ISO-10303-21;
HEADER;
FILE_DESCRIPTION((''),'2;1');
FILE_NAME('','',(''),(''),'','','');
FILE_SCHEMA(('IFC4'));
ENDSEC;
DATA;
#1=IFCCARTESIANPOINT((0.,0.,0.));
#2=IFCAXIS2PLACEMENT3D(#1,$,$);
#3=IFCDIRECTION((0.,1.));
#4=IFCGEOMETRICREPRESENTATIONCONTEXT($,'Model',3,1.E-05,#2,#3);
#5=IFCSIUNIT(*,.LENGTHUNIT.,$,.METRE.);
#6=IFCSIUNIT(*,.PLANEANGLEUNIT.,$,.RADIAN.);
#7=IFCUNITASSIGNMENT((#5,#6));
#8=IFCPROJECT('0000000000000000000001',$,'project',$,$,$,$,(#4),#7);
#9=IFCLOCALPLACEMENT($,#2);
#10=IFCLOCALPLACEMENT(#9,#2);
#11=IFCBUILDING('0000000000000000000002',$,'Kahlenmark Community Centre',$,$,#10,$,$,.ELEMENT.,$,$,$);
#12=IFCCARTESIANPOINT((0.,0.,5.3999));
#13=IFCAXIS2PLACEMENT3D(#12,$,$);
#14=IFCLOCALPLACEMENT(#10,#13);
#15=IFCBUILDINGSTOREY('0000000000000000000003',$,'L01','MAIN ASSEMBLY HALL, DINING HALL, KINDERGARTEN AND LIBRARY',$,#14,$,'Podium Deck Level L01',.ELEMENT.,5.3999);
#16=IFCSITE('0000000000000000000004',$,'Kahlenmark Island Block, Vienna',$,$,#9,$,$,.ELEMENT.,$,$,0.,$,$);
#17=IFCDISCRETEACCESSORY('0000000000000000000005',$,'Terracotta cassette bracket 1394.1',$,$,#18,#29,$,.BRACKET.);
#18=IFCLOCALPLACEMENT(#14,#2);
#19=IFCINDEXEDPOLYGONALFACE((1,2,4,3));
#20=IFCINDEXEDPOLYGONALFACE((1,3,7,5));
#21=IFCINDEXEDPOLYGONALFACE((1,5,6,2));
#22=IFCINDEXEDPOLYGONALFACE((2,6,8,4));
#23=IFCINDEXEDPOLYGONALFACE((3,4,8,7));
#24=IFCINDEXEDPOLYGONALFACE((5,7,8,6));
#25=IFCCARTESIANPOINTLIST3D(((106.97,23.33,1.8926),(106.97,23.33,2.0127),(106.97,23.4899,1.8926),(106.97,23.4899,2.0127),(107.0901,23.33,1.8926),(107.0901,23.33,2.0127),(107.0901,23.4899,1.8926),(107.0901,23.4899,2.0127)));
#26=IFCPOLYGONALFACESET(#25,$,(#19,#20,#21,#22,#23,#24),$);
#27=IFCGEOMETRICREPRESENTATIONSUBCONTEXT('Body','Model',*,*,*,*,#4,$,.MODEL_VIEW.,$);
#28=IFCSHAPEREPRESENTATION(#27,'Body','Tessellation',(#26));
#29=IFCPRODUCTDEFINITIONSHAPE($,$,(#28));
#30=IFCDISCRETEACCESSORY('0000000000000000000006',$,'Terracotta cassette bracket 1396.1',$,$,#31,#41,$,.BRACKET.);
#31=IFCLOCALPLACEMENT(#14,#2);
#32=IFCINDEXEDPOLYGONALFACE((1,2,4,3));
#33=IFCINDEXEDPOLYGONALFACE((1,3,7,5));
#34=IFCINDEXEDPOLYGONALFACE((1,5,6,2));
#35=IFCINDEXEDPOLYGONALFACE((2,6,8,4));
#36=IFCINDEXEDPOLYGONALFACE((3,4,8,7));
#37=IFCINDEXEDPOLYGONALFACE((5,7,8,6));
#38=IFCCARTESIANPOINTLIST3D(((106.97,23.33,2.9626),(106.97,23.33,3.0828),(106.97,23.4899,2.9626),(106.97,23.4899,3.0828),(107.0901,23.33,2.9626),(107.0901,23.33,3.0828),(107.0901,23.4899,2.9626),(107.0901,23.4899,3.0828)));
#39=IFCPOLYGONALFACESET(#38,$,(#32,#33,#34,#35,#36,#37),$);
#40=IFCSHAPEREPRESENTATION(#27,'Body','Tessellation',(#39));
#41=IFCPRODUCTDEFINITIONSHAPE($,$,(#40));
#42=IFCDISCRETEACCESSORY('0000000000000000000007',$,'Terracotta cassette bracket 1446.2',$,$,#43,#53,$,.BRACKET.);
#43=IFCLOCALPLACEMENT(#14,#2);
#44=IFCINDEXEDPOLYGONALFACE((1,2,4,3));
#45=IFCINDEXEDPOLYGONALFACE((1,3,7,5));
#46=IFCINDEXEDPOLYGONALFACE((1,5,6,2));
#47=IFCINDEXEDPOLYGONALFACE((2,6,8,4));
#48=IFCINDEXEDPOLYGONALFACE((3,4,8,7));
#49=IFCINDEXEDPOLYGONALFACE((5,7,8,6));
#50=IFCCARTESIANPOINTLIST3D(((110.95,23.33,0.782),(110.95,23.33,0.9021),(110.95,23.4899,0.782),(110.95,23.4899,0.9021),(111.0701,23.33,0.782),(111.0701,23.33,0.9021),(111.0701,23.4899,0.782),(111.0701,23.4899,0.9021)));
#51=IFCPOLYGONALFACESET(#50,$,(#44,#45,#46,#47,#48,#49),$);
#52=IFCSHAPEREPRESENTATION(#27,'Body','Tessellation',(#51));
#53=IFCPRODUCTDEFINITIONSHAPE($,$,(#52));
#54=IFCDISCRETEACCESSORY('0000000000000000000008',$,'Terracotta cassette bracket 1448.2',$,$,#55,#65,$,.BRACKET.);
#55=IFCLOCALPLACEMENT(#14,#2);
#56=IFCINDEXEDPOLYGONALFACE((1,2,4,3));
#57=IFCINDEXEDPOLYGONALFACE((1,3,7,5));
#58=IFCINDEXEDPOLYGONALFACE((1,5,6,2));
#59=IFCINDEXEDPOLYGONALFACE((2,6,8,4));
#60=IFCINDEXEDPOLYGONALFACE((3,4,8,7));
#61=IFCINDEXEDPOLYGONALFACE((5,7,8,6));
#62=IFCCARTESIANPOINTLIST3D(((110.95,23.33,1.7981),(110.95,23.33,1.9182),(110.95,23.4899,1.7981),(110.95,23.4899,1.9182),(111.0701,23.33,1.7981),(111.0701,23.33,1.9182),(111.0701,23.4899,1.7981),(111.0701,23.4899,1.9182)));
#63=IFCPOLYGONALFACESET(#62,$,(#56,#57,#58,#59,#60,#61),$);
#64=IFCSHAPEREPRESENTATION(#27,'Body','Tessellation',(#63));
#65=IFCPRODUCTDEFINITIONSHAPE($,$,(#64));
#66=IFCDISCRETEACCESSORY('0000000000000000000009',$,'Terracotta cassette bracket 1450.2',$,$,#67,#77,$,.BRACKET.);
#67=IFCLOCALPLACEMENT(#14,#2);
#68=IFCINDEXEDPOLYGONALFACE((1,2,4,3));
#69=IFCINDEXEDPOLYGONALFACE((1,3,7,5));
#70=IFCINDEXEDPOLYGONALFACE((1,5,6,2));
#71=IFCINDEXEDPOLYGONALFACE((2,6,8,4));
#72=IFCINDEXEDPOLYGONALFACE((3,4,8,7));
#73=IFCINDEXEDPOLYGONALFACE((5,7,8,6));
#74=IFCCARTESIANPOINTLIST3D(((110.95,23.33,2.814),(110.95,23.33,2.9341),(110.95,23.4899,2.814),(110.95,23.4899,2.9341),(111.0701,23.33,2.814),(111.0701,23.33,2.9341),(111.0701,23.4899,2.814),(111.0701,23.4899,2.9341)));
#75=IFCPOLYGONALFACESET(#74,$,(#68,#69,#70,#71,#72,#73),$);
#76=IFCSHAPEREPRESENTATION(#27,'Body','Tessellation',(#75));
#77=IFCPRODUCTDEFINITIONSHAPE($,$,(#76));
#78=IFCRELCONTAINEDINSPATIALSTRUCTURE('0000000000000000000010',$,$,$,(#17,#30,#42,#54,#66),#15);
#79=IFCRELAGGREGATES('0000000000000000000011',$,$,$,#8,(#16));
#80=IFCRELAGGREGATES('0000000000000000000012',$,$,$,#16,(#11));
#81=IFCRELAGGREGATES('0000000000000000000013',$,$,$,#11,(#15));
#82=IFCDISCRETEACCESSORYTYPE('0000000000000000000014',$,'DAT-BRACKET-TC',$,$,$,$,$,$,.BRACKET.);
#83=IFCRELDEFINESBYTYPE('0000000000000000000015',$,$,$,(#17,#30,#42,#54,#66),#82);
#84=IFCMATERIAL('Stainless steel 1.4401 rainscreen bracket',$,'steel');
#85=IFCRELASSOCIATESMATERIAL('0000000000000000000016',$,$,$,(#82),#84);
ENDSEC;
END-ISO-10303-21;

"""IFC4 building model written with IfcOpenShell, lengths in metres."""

from ifc_helpers import new_model, si_unit, direction, frame, origin, origin_2d, place, context, subcontext, project, spatial, rectangle, extrude, material, type_object, element, save


model = new_model("IFC4")

# Units and contexts
model_context = context("Model", 3, precision=1e-05, world=origin(), true_north=direction((0.0, 1.0)))
body_context = subcontext(model_context, "Body", "Model", "MODEL_VIEW")
ifc_project = project(units=[si_unit("LENGTHUNIT", "METRE"), si_unit("PLANEANGLEUNIT", "RADIAN")], contexts=[model_context])

# Site, building, storey
site_placement = place(None, origin())
site = spatial("IfcSite", under=ifc_project, at=site_placement, Name="Kahlenmark Island Block, Vienna", CompositionType="ELEMENT", RefElevation=0.0)
building_placement = place(site_placement, origin())
building = spatial("IfcBuilding", under=site, at=building_placement, Name="Kahlenmark Community Centre", CompositionType="ELEMENT")
storey_placement = place(building_placement, frame((0.0, 0.0, 5.3999)))
storey = spatial("IfcBuildingStorey", under=building, at=storey_placement, Name="L01", Description="MAIN ASSEMBLY HALL, DINING HALL, KINDERGARTEN AND LIBRARY", LongName="Podium Deck Level L01", CompositionType="ELEMENT", Elevation=5.3999)

# Discrete accessories
ifc_material_1 = material(Name="Stainless steel 1.4401 rainscreen bracket", Category="steel")
discrete_accessory_type = type_object("IfcDiscreteAccessoryType", Name="DAT-BRACKET-TC", PredefinedType="BRACKET", material=ifc_material_1)
for number, where, z_axis, x_axis, name in (
    (1, (107.03, 23.4099, 1.8926), (0.0, 0.0, 1.0), (-1.0, 0.0, 0.0), "Terracotta cassette bracket 1394.1"),
    (2, (107.03, 23.4099, 2.9626), (0.0, 0.0, 1.0), (-1.0, 0.0, 0.0), "Terracotta cassette bracket 1396.1"),
    (3, (111.01, 23.4099, 0.782), (0.0, 0.0, 1.0), (-1.0, 0.0, 0.0), "Terracotta cassette bracket 1446.2"),
    (4, (111.01, 23.4099, 1.7981), (0.0, 0.0, 1.0), (-1.0, 0.0, 0.0), "Terracotta cassette bracket 1448.2"),
    (5, (111.01, 23.4099, 2.814), (0.0, 0.0, 1.0), (-1.0, 0.0, 0.0), "Terracotta cassette bracket 1450.2"),
):
    element("IfcDiscreteAccessory", number, at=place(storey_placement, frame(where, z_axis=z_axis, x_axis=x_axis)), inside=storey, type_object=discrete_accessory_type, Name=name, PredefinedType="BRACKET", context=body_context, shape_type="SweptSolid", body=[
        extrude(rectangle(XDim=0.1201, YDim=0.1599, at=origin_2d()), origin(), (0.0, 0.0, 1.0), 0.1201),
    ])

save(model, "model.ifc")
